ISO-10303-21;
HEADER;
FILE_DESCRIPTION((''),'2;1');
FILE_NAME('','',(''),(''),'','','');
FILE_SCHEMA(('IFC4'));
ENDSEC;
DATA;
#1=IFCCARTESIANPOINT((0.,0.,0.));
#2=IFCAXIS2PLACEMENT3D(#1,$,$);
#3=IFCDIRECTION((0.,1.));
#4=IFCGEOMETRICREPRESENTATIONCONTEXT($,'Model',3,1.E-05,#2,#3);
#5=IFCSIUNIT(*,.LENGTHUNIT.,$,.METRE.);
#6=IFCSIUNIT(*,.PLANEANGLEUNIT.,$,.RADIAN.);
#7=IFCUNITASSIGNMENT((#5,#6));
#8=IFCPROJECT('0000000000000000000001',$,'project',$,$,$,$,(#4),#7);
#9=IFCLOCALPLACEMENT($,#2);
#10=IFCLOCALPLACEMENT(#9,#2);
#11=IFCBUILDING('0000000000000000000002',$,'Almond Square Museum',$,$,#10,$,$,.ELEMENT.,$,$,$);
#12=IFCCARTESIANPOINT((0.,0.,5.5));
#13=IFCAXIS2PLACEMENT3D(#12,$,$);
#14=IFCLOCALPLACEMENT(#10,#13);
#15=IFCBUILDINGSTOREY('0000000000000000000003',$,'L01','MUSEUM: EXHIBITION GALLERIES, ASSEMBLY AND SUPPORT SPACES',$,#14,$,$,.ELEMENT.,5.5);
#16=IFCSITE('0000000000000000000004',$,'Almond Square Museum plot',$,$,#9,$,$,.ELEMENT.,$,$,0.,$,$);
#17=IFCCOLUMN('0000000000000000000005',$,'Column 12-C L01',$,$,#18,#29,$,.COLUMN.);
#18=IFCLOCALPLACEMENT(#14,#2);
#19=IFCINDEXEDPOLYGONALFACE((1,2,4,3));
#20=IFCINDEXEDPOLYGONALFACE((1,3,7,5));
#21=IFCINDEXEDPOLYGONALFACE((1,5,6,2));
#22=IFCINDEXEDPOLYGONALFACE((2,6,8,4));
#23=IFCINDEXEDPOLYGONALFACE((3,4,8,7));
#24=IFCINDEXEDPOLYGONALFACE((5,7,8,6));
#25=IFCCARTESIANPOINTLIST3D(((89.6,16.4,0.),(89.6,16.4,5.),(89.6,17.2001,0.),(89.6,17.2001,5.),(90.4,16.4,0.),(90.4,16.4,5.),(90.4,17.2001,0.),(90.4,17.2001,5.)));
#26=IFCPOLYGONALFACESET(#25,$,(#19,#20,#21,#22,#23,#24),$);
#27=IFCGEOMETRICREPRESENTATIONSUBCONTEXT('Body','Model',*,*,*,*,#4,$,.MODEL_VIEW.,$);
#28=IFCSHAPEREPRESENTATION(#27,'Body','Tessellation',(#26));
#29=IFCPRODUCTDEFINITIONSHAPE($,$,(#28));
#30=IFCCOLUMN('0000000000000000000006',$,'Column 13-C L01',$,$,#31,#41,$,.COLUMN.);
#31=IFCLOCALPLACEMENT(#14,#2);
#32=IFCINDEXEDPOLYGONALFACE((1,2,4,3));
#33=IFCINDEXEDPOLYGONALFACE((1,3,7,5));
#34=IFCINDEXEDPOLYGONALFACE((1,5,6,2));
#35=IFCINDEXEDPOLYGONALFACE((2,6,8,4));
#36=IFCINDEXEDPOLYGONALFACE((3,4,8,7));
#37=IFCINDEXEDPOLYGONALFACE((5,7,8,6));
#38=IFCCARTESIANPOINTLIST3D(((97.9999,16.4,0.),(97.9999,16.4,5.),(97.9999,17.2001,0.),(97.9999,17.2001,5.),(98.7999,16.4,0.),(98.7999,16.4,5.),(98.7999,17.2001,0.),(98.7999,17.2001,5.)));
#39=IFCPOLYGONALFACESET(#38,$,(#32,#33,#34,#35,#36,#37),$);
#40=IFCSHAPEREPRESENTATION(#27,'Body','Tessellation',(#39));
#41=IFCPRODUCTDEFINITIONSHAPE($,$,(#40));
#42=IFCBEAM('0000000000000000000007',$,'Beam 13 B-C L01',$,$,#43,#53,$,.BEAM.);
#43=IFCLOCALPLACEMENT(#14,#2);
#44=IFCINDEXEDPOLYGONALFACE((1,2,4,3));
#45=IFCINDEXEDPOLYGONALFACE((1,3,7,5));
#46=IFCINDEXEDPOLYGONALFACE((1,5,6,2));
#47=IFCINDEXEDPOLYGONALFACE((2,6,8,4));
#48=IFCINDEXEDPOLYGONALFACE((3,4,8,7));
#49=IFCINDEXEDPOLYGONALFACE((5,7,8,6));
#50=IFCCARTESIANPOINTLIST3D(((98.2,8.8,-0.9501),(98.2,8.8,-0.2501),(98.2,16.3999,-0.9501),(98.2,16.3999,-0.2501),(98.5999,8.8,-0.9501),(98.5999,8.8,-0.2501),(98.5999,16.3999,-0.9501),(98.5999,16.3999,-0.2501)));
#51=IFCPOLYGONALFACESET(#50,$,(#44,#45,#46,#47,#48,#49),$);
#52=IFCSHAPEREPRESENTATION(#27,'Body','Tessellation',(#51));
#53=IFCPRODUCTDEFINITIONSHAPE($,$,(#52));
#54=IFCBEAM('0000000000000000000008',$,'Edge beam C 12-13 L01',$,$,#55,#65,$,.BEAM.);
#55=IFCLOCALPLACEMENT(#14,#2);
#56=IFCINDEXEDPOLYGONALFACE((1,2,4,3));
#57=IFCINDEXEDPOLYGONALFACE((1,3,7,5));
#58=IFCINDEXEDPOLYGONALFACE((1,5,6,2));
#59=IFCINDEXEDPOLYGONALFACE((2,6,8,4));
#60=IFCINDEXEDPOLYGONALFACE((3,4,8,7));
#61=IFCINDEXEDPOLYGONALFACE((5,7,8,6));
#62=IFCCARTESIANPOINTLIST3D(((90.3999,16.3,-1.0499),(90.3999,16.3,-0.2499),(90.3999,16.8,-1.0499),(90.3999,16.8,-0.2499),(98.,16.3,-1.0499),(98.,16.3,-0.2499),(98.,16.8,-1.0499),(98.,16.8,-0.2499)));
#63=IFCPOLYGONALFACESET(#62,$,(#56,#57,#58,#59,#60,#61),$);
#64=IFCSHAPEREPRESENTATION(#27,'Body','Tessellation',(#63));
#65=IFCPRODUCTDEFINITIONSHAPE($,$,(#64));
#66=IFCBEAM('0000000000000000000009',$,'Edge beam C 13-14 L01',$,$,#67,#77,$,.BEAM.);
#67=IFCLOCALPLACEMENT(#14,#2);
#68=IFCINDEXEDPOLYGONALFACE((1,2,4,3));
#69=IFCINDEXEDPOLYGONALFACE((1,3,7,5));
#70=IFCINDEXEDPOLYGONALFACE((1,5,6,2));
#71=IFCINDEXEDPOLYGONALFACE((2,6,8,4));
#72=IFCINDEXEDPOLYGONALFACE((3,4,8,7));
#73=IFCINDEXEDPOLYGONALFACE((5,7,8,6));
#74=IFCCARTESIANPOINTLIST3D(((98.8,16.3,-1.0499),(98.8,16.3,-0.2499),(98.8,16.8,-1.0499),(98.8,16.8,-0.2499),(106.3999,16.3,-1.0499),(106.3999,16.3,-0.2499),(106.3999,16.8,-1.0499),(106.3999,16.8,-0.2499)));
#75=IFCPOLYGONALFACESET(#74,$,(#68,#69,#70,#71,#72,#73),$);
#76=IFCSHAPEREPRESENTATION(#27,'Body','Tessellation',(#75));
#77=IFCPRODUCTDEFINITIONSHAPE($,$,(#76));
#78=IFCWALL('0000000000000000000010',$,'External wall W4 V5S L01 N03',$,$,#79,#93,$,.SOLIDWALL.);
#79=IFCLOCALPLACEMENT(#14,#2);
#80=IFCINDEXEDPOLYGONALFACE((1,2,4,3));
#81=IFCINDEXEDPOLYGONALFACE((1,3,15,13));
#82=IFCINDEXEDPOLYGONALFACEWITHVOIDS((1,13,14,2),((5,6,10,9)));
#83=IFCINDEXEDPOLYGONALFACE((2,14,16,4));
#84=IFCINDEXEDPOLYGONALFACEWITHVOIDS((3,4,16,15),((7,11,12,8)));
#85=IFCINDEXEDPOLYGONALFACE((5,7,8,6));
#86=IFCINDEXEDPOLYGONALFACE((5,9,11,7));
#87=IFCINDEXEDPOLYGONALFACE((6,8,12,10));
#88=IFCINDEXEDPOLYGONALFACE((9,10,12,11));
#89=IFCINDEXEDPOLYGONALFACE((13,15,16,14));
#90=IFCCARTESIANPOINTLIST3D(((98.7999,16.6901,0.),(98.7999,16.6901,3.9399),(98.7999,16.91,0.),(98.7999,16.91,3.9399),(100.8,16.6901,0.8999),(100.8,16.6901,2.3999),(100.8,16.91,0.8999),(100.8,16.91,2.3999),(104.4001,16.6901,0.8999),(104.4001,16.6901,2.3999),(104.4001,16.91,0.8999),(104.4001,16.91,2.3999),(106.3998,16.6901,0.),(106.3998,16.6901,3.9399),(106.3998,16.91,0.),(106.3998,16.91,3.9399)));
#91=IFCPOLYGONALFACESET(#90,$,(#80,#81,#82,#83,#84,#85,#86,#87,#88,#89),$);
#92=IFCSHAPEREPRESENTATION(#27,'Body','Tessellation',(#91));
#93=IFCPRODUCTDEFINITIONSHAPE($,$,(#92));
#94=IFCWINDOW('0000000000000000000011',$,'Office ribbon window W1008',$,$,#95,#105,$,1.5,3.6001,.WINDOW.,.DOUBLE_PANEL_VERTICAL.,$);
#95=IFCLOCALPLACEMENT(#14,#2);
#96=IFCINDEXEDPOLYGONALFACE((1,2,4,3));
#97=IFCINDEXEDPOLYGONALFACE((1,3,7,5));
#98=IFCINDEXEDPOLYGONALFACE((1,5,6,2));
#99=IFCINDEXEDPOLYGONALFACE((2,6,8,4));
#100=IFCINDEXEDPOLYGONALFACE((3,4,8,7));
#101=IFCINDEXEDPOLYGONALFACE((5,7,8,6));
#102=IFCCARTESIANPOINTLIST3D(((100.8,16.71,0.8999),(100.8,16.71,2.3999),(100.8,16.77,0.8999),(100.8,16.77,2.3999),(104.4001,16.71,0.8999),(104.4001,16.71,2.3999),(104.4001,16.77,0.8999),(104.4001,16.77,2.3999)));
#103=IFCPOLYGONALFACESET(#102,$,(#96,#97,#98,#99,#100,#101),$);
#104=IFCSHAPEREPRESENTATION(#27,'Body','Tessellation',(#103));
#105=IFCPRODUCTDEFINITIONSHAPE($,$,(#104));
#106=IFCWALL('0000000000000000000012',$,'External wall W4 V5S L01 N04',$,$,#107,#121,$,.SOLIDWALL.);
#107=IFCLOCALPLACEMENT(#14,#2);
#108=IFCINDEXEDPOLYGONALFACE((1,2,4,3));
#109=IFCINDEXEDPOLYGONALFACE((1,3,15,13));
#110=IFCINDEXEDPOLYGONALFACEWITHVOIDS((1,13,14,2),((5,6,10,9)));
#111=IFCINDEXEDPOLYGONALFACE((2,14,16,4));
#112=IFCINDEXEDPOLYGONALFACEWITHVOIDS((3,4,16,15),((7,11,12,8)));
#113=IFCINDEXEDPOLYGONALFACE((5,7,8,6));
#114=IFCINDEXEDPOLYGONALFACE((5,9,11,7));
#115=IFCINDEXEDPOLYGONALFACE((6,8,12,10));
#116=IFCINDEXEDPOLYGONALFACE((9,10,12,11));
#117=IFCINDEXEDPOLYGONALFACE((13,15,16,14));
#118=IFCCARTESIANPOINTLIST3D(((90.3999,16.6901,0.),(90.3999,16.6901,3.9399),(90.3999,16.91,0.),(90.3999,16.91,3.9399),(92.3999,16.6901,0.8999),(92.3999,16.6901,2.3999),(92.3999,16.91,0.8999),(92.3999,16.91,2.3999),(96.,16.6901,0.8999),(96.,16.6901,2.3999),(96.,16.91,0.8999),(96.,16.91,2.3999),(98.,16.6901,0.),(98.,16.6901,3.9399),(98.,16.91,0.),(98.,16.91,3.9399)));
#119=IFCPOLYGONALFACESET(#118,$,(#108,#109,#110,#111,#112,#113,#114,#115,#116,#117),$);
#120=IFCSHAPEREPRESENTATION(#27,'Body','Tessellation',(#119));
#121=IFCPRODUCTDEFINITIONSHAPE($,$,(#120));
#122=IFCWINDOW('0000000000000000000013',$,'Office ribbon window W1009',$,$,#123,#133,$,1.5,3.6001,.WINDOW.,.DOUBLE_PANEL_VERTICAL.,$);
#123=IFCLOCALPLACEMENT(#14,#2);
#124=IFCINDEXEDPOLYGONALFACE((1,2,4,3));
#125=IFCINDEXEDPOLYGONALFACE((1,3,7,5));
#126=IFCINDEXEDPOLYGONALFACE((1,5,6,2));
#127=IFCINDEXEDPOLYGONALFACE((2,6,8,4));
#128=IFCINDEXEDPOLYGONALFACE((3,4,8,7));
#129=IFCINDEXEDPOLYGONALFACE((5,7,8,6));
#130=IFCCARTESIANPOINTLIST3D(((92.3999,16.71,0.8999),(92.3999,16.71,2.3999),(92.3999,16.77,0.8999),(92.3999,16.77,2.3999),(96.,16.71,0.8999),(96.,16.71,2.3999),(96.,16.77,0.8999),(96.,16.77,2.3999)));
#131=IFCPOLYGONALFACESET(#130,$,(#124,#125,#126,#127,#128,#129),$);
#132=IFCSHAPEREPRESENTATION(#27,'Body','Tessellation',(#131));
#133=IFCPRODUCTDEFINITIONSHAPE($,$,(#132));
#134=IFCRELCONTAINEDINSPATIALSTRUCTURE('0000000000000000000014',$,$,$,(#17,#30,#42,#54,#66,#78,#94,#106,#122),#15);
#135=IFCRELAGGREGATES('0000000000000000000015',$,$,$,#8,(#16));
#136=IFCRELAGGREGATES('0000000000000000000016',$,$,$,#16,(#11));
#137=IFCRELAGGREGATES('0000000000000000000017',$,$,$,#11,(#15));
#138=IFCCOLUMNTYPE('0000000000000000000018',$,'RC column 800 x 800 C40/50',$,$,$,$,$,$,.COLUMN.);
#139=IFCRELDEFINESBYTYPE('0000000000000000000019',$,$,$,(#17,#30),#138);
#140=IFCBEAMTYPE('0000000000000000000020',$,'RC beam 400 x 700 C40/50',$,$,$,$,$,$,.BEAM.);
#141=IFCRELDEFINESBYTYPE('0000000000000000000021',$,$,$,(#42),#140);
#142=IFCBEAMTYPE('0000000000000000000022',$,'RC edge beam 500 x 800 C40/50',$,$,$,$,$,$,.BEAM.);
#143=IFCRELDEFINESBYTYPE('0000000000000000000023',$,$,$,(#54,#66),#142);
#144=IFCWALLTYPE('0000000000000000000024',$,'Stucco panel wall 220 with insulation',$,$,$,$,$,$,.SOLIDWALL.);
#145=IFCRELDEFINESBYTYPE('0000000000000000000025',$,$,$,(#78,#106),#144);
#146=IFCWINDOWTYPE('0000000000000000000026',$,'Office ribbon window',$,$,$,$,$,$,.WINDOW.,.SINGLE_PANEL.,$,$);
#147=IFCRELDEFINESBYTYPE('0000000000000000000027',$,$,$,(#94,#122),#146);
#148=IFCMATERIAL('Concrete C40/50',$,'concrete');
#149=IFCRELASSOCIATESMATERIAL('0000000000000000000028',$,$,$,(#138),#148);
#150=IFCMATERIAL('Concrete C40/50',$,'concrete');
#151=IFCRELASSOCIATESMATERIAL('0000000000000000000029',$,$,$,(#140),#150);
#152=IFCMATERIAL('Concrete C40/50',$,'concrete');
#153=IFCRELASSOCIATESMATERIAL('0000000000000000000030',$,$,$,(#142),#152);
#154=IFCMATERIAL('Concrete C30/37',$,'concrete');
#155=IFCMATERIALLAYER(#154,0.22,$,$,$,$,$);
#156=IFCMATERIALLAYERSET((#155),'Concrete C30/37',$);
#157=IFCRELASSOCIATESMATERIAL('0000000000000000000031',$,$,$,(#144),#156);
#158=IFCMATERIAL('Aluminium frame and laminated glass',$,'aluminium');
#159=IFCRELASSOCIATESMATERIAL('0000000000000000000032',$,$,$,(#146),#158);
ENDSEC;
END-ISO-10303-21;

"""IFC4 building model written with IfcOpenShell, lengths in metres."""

from ifc_helpers import new_model, si_unit, direction, frame, frame_2d, origin, origin_2d, place, context, subcontext, project, spatial, rectangle, extrude, material, layer, layer_set, material_profile, profile_set, type_object, element, fill, save


model = new_model("IFC4")

# Units and contexts
model_context = context("Model", 3, precision=1e-05, world=origin(), true_north=direction((0.0, 1.0)))
body_context = subcontext(model_context, "Body", "Model", "MODEL_VIEW")
ifc_project = project(units=[si_unit("LENGTHUNIT", "METRE"), si_unit("PLANEANGLEUNIT", "RADIAN")], contexts=[model_context])

# Site, building, storey
site_placement = place(None, origin())
site = spatial("IfcSite", under=ifc_project, at=site_placement, Name="Almond Square Museum plot", CompositionType="ELEMENT", RefElevation=0.0)
building_placement = place(site_placement, origin())
building = spatial("IfcBuilding", under=site, at=building_placement, Name="Almond Square Museum", CompositionType="ELEMENT")
storey_placement = place(building_placement, frame((0.0, 0.0, 5.5)))
storey = spatial("IfcBuildingStorey", under=building, at=storey_placement, Name="L01", Description="MUSEUM: EXHIBITION GALLERIES, ASSEMBLY AND SUPPORT SPACES", CompositionType="ELEMENT", Elevation=5.5)

# Columns
ifc_material_1 = material(Name="Concrete C40/50", Category="concrete")
ifc_material_profile_1 = material_profile(ifc_material_1, rectangle(XDim=0.8, YDim=0.8, at=origin_2d()))
ifc_profile_set_1 = profile_set([ifc_material_profile_1], Name="Concrete C40/50")
column_type = type_object("IfcColumnType", Name="RC column 800 x 800 C40/50", PredefinedType="COLUMN", material=ifc_profile_set_1)
for number, where, z_axis, x_axis, name in (
    (1, (90.0, 16.8, 0.0), (0.0, 0.0, 1.0), (1.0, 0.0, 0.0), "Column 12-C L01"),
    (2, (98.3999, 16.8, 0.0), (0.0, 0.0, 1.0), (1.0, 0.0, 0.0), "Column 13-C L01"),
):
    element("IfcColumn", number, at=place(storey_placement, frame(where, z_axis=z_axis, x_axis=x_axis)), inside=storey, type_object=column_type, Name=name, PredefinedType="COLUMN", context=body_context, shape_type="SweptSolid", body=[
        extrude(rectangle(XDim=0.8, YDim=0.8, at=origin_2d()), origin(), (0.0, 0.0, 1.0), 5.0),
    ])

# Beams
ifc_material_2 = material(Name="Concrete C40/50", Category="concrete")
ifc_material_profile_2 = material_profile(ifc_material_2, rectangle(XDim=0.3999, YDim=0.7, at=origin_2d()))
ifc_profile_set_2 = profile_set([ifc_material_profile_2], Name="Concrete C40/50")
beam_type_1 = type_object("IfcBeamType", Name="RC beam 400 x 700 C40/50", PredefinedType="BEAM", material=ifc_profile_set_2)
beam_1_placement = place(storey_placement, frame((98.3999, 8.8, -0.6001), z_axis=(0.0, 1.0, 0.0), x_axis=(-1.0, 0.0, 0.0)))
element("IfcBeam", 3, at=beam_1_placement, inside=storey, type_object=beam_type_1, Name="Beam 13 B-C L01", PredefinedType="BEAM", context=body_context, shape_type="SweptSolid", body=[
    extrude(rectangle(XDim=0.3999, YDim=0.7, at=origin_2d()), origin(), (0.0, 0.0, 1.0), 7.5999),
])
ifc_material_3 = material(Name="Concrete C40/50", Category="concrete")
ifc_material_profile_3 = material_profile(ifc_material_3, rectangle(XDim=0.5, YDim=0.8, at=origin_2d()))
ifc_profile_set_3 = profile_set([ifc_material_profile_3], Name="Concrete C40/50")
beam_type_2 = type_object("IfcBeamType", Name="RC edge beam 500 x 800 C40/50", PredefinedType="BEAM", material=ifc_profile_set_3)
beam_2_placement = place(storey_placement, frame((90.3999, 16.55, -0.6499), z_axis=(1.0, 0.0, 0.0), x_axis=(0.0, 1.0, 0.0)))
element("IfcBeam", 4, at=beam_2_placement, inside=storey, type_object=beam_type_2, Name="Edge beam C 12-13 L01", PredefinedType="BEAM", context=body_context, shape_type="SweptSolid", body=[
    extrude(rectangle(XDim=0.5, YDim=0.8, at=origin_2d()), origin(), (0.0, 0.0, 1.0), 7.6001),
])
beam_3_placement = place(storey_placement, frame((98.8, 16.55, -0.6499), z_axis=(1.0, 0.0, 0.0), x_axis=(0.0, 1.0, 0.0)))
element("IfcBeam", 5, at=beam_3_placement, inside=storey, type_object=beam_type_2, Name="Edge beam C 13-14 L01", PredefinedType="BEAM", context=body_context, shape_type="SweptSolid", body=[
    extrude(rectangle(XDim=0.5, YDim=0.8, at=origin_2d()), origin(), (0.0, 0.0, 1.0), 7.5999),
])

# Walls, openings, windows
ifc_material_4 = material(Name="Concrete C30/37", Category="concrete")
ifc_layer = layer(ifc_material_4, 0.22)
ifc_layer_set = layer_set([ifc_layer], Name="Concrete C30/37")
wall_type = type_object("IfcWallType", Name="Stucco panel wall 220 with insulation", PredefinedType="SOLIDWALL", material=ifc_layer_set)
wall_1_placement = place(storey_placement, frame((98.8, 16.8, 0.0), z_axis=(0.0, 0.0, 1.0), x_axis=(1.0, 0.0, 0.0)))
wall_1 = element("IfcWall", 6, at=wall_1_placement, inside=storey, type_object=wall_type, Name="External wall W4 V5S L01 N03", PredefinedType="SOLIDWALL", context=body_context, shape_type="SweptSolid", body=[
    extrude(rectangle(XDim=7.5999, YDim=0.22, at=frame_2d((3.7998, 0.0))), origin(), (0.0, 0.0, 1.0), 3.9399),
])
opening_1_placement = place(wall_1_placement, frame((2.0, 0.0, 0.8999)))
opening_1 = element("IfcOpeningElement", 7, at=opening_1_placement, cuts=wall_1, PredefinedType="OPENING", context=body_context, shape_type="SweptSolid", body=[
    extrude(rectangle(XDim=3.6001, YDim=1.5, at=frame_2d((1.8, 0.75))), frame((0.0, 0.1199, 0.0), z_axis=(0.0, -1.0, 0.0), x_axis=(1.0, 0.0, 0.0)), (0.0, 0.0, 1.0), 0.24),
])
ifc_material_5 = material(Name="Aluminium frame and laminated glass", Category="aluminium")
window_type = type_object("IfcWindowType", Name="Office ribbon window", PartitioningType="SINGLE_PANEL", PredefinedType="WINDOW", material=ifc_material_5)
window_1_placement = place(opening_1_placement, origin())
window_1 = element("IfcWindow", 8, at=window_1_placement, inside=storey, type_object=window_type, Name="Office ribbon window W1008", OverallHeight=1.5, OverallWidth=3.6001, PartitioningType="DOUBLE_PANEL_VERTICAL", PredefinedType="WINDOW", context=body_context, shape_type="SweptSolid", body=[
    extrude(rectangle(XDim=3.6001, YDim=1.5, at=frame_2d((1.8, 0.75))), frame((0.0, -0.03, 0.0), z_axis=(0.0, -1.0, 0.0), x_axis=(1.0, 0.0, 0.0)), (0.0, 0.0, 1.0), 0.0601),
])
fill(opening_1, window_1)
wall_2_placement = place(storey_placement, frame((90.3999, 16.8, 0.0), z_axis=(0.0, 0.0, 1.0), x_axis=(1.0, 0.0, 0.0)))
wall_2 = element("IfcWall", 9, at=wall_2_placement, inside=storey, type_object=wall_type, Name="External wall W4 V5S L01 N04", PredefinedType="SOLIDWALL", context=body_context, shape_type="SweptSolid", body=[
    extrude(rectangle(XDim=7.6001, YDim=0.22, at=frame_2d((3.8, 0.0))), origin(), (0.0, 0.0, 1.0), 3.9399),
])
opening_2_placement = place(wall_2_placement, frame((2.0, 0.0, 0.8999)))
opening_2 = element("IfcOpeningElement", 10, at=opening_2_placement, cuts=wall_2, PredefinedType="OPENING", context=body_context, shape_type="SweptSolid", body=[
    extrude(rectangle(XDim=3.6001, YDim=1.5, at=frame_2d((1.8, 0.75))), frame((0.0, 0.1199, 0.0), z_axis=(0.0, -1.0, 0.0), x_axis=(1.0, 0.0, 0.0)), (0.0, 0.0, 1.0), 0.24),
])
window_2_placement = place(opening_2_placement, origin())
window_2 = element("IfcWindow", 11, at=window_2_placement, inside=storey, type_object=window_type, Name="Office ribbon window W1009", OverallHeight=1.5, OverallWidth=3.6001, PartitioningType="DOUBLE_PANEL_VERTICAL", PredefinedType="WINDOW", context=body_context, shape_type="SweptSolid", body=[
    extrude(rectangle(XDim=3.6001, YDim=1.5, at=frame_2d((1.8, 0.75))), frame((0.0, -0.03, 0.0), z_axis=(0.0, -1.0, 0.0), x_axis=(1.0, 0.0, 0.0)), (0.0, 0.0, 1.0), 0.0601),
])
fill(opening_2, window_2)

save(model, "model.ifc")
